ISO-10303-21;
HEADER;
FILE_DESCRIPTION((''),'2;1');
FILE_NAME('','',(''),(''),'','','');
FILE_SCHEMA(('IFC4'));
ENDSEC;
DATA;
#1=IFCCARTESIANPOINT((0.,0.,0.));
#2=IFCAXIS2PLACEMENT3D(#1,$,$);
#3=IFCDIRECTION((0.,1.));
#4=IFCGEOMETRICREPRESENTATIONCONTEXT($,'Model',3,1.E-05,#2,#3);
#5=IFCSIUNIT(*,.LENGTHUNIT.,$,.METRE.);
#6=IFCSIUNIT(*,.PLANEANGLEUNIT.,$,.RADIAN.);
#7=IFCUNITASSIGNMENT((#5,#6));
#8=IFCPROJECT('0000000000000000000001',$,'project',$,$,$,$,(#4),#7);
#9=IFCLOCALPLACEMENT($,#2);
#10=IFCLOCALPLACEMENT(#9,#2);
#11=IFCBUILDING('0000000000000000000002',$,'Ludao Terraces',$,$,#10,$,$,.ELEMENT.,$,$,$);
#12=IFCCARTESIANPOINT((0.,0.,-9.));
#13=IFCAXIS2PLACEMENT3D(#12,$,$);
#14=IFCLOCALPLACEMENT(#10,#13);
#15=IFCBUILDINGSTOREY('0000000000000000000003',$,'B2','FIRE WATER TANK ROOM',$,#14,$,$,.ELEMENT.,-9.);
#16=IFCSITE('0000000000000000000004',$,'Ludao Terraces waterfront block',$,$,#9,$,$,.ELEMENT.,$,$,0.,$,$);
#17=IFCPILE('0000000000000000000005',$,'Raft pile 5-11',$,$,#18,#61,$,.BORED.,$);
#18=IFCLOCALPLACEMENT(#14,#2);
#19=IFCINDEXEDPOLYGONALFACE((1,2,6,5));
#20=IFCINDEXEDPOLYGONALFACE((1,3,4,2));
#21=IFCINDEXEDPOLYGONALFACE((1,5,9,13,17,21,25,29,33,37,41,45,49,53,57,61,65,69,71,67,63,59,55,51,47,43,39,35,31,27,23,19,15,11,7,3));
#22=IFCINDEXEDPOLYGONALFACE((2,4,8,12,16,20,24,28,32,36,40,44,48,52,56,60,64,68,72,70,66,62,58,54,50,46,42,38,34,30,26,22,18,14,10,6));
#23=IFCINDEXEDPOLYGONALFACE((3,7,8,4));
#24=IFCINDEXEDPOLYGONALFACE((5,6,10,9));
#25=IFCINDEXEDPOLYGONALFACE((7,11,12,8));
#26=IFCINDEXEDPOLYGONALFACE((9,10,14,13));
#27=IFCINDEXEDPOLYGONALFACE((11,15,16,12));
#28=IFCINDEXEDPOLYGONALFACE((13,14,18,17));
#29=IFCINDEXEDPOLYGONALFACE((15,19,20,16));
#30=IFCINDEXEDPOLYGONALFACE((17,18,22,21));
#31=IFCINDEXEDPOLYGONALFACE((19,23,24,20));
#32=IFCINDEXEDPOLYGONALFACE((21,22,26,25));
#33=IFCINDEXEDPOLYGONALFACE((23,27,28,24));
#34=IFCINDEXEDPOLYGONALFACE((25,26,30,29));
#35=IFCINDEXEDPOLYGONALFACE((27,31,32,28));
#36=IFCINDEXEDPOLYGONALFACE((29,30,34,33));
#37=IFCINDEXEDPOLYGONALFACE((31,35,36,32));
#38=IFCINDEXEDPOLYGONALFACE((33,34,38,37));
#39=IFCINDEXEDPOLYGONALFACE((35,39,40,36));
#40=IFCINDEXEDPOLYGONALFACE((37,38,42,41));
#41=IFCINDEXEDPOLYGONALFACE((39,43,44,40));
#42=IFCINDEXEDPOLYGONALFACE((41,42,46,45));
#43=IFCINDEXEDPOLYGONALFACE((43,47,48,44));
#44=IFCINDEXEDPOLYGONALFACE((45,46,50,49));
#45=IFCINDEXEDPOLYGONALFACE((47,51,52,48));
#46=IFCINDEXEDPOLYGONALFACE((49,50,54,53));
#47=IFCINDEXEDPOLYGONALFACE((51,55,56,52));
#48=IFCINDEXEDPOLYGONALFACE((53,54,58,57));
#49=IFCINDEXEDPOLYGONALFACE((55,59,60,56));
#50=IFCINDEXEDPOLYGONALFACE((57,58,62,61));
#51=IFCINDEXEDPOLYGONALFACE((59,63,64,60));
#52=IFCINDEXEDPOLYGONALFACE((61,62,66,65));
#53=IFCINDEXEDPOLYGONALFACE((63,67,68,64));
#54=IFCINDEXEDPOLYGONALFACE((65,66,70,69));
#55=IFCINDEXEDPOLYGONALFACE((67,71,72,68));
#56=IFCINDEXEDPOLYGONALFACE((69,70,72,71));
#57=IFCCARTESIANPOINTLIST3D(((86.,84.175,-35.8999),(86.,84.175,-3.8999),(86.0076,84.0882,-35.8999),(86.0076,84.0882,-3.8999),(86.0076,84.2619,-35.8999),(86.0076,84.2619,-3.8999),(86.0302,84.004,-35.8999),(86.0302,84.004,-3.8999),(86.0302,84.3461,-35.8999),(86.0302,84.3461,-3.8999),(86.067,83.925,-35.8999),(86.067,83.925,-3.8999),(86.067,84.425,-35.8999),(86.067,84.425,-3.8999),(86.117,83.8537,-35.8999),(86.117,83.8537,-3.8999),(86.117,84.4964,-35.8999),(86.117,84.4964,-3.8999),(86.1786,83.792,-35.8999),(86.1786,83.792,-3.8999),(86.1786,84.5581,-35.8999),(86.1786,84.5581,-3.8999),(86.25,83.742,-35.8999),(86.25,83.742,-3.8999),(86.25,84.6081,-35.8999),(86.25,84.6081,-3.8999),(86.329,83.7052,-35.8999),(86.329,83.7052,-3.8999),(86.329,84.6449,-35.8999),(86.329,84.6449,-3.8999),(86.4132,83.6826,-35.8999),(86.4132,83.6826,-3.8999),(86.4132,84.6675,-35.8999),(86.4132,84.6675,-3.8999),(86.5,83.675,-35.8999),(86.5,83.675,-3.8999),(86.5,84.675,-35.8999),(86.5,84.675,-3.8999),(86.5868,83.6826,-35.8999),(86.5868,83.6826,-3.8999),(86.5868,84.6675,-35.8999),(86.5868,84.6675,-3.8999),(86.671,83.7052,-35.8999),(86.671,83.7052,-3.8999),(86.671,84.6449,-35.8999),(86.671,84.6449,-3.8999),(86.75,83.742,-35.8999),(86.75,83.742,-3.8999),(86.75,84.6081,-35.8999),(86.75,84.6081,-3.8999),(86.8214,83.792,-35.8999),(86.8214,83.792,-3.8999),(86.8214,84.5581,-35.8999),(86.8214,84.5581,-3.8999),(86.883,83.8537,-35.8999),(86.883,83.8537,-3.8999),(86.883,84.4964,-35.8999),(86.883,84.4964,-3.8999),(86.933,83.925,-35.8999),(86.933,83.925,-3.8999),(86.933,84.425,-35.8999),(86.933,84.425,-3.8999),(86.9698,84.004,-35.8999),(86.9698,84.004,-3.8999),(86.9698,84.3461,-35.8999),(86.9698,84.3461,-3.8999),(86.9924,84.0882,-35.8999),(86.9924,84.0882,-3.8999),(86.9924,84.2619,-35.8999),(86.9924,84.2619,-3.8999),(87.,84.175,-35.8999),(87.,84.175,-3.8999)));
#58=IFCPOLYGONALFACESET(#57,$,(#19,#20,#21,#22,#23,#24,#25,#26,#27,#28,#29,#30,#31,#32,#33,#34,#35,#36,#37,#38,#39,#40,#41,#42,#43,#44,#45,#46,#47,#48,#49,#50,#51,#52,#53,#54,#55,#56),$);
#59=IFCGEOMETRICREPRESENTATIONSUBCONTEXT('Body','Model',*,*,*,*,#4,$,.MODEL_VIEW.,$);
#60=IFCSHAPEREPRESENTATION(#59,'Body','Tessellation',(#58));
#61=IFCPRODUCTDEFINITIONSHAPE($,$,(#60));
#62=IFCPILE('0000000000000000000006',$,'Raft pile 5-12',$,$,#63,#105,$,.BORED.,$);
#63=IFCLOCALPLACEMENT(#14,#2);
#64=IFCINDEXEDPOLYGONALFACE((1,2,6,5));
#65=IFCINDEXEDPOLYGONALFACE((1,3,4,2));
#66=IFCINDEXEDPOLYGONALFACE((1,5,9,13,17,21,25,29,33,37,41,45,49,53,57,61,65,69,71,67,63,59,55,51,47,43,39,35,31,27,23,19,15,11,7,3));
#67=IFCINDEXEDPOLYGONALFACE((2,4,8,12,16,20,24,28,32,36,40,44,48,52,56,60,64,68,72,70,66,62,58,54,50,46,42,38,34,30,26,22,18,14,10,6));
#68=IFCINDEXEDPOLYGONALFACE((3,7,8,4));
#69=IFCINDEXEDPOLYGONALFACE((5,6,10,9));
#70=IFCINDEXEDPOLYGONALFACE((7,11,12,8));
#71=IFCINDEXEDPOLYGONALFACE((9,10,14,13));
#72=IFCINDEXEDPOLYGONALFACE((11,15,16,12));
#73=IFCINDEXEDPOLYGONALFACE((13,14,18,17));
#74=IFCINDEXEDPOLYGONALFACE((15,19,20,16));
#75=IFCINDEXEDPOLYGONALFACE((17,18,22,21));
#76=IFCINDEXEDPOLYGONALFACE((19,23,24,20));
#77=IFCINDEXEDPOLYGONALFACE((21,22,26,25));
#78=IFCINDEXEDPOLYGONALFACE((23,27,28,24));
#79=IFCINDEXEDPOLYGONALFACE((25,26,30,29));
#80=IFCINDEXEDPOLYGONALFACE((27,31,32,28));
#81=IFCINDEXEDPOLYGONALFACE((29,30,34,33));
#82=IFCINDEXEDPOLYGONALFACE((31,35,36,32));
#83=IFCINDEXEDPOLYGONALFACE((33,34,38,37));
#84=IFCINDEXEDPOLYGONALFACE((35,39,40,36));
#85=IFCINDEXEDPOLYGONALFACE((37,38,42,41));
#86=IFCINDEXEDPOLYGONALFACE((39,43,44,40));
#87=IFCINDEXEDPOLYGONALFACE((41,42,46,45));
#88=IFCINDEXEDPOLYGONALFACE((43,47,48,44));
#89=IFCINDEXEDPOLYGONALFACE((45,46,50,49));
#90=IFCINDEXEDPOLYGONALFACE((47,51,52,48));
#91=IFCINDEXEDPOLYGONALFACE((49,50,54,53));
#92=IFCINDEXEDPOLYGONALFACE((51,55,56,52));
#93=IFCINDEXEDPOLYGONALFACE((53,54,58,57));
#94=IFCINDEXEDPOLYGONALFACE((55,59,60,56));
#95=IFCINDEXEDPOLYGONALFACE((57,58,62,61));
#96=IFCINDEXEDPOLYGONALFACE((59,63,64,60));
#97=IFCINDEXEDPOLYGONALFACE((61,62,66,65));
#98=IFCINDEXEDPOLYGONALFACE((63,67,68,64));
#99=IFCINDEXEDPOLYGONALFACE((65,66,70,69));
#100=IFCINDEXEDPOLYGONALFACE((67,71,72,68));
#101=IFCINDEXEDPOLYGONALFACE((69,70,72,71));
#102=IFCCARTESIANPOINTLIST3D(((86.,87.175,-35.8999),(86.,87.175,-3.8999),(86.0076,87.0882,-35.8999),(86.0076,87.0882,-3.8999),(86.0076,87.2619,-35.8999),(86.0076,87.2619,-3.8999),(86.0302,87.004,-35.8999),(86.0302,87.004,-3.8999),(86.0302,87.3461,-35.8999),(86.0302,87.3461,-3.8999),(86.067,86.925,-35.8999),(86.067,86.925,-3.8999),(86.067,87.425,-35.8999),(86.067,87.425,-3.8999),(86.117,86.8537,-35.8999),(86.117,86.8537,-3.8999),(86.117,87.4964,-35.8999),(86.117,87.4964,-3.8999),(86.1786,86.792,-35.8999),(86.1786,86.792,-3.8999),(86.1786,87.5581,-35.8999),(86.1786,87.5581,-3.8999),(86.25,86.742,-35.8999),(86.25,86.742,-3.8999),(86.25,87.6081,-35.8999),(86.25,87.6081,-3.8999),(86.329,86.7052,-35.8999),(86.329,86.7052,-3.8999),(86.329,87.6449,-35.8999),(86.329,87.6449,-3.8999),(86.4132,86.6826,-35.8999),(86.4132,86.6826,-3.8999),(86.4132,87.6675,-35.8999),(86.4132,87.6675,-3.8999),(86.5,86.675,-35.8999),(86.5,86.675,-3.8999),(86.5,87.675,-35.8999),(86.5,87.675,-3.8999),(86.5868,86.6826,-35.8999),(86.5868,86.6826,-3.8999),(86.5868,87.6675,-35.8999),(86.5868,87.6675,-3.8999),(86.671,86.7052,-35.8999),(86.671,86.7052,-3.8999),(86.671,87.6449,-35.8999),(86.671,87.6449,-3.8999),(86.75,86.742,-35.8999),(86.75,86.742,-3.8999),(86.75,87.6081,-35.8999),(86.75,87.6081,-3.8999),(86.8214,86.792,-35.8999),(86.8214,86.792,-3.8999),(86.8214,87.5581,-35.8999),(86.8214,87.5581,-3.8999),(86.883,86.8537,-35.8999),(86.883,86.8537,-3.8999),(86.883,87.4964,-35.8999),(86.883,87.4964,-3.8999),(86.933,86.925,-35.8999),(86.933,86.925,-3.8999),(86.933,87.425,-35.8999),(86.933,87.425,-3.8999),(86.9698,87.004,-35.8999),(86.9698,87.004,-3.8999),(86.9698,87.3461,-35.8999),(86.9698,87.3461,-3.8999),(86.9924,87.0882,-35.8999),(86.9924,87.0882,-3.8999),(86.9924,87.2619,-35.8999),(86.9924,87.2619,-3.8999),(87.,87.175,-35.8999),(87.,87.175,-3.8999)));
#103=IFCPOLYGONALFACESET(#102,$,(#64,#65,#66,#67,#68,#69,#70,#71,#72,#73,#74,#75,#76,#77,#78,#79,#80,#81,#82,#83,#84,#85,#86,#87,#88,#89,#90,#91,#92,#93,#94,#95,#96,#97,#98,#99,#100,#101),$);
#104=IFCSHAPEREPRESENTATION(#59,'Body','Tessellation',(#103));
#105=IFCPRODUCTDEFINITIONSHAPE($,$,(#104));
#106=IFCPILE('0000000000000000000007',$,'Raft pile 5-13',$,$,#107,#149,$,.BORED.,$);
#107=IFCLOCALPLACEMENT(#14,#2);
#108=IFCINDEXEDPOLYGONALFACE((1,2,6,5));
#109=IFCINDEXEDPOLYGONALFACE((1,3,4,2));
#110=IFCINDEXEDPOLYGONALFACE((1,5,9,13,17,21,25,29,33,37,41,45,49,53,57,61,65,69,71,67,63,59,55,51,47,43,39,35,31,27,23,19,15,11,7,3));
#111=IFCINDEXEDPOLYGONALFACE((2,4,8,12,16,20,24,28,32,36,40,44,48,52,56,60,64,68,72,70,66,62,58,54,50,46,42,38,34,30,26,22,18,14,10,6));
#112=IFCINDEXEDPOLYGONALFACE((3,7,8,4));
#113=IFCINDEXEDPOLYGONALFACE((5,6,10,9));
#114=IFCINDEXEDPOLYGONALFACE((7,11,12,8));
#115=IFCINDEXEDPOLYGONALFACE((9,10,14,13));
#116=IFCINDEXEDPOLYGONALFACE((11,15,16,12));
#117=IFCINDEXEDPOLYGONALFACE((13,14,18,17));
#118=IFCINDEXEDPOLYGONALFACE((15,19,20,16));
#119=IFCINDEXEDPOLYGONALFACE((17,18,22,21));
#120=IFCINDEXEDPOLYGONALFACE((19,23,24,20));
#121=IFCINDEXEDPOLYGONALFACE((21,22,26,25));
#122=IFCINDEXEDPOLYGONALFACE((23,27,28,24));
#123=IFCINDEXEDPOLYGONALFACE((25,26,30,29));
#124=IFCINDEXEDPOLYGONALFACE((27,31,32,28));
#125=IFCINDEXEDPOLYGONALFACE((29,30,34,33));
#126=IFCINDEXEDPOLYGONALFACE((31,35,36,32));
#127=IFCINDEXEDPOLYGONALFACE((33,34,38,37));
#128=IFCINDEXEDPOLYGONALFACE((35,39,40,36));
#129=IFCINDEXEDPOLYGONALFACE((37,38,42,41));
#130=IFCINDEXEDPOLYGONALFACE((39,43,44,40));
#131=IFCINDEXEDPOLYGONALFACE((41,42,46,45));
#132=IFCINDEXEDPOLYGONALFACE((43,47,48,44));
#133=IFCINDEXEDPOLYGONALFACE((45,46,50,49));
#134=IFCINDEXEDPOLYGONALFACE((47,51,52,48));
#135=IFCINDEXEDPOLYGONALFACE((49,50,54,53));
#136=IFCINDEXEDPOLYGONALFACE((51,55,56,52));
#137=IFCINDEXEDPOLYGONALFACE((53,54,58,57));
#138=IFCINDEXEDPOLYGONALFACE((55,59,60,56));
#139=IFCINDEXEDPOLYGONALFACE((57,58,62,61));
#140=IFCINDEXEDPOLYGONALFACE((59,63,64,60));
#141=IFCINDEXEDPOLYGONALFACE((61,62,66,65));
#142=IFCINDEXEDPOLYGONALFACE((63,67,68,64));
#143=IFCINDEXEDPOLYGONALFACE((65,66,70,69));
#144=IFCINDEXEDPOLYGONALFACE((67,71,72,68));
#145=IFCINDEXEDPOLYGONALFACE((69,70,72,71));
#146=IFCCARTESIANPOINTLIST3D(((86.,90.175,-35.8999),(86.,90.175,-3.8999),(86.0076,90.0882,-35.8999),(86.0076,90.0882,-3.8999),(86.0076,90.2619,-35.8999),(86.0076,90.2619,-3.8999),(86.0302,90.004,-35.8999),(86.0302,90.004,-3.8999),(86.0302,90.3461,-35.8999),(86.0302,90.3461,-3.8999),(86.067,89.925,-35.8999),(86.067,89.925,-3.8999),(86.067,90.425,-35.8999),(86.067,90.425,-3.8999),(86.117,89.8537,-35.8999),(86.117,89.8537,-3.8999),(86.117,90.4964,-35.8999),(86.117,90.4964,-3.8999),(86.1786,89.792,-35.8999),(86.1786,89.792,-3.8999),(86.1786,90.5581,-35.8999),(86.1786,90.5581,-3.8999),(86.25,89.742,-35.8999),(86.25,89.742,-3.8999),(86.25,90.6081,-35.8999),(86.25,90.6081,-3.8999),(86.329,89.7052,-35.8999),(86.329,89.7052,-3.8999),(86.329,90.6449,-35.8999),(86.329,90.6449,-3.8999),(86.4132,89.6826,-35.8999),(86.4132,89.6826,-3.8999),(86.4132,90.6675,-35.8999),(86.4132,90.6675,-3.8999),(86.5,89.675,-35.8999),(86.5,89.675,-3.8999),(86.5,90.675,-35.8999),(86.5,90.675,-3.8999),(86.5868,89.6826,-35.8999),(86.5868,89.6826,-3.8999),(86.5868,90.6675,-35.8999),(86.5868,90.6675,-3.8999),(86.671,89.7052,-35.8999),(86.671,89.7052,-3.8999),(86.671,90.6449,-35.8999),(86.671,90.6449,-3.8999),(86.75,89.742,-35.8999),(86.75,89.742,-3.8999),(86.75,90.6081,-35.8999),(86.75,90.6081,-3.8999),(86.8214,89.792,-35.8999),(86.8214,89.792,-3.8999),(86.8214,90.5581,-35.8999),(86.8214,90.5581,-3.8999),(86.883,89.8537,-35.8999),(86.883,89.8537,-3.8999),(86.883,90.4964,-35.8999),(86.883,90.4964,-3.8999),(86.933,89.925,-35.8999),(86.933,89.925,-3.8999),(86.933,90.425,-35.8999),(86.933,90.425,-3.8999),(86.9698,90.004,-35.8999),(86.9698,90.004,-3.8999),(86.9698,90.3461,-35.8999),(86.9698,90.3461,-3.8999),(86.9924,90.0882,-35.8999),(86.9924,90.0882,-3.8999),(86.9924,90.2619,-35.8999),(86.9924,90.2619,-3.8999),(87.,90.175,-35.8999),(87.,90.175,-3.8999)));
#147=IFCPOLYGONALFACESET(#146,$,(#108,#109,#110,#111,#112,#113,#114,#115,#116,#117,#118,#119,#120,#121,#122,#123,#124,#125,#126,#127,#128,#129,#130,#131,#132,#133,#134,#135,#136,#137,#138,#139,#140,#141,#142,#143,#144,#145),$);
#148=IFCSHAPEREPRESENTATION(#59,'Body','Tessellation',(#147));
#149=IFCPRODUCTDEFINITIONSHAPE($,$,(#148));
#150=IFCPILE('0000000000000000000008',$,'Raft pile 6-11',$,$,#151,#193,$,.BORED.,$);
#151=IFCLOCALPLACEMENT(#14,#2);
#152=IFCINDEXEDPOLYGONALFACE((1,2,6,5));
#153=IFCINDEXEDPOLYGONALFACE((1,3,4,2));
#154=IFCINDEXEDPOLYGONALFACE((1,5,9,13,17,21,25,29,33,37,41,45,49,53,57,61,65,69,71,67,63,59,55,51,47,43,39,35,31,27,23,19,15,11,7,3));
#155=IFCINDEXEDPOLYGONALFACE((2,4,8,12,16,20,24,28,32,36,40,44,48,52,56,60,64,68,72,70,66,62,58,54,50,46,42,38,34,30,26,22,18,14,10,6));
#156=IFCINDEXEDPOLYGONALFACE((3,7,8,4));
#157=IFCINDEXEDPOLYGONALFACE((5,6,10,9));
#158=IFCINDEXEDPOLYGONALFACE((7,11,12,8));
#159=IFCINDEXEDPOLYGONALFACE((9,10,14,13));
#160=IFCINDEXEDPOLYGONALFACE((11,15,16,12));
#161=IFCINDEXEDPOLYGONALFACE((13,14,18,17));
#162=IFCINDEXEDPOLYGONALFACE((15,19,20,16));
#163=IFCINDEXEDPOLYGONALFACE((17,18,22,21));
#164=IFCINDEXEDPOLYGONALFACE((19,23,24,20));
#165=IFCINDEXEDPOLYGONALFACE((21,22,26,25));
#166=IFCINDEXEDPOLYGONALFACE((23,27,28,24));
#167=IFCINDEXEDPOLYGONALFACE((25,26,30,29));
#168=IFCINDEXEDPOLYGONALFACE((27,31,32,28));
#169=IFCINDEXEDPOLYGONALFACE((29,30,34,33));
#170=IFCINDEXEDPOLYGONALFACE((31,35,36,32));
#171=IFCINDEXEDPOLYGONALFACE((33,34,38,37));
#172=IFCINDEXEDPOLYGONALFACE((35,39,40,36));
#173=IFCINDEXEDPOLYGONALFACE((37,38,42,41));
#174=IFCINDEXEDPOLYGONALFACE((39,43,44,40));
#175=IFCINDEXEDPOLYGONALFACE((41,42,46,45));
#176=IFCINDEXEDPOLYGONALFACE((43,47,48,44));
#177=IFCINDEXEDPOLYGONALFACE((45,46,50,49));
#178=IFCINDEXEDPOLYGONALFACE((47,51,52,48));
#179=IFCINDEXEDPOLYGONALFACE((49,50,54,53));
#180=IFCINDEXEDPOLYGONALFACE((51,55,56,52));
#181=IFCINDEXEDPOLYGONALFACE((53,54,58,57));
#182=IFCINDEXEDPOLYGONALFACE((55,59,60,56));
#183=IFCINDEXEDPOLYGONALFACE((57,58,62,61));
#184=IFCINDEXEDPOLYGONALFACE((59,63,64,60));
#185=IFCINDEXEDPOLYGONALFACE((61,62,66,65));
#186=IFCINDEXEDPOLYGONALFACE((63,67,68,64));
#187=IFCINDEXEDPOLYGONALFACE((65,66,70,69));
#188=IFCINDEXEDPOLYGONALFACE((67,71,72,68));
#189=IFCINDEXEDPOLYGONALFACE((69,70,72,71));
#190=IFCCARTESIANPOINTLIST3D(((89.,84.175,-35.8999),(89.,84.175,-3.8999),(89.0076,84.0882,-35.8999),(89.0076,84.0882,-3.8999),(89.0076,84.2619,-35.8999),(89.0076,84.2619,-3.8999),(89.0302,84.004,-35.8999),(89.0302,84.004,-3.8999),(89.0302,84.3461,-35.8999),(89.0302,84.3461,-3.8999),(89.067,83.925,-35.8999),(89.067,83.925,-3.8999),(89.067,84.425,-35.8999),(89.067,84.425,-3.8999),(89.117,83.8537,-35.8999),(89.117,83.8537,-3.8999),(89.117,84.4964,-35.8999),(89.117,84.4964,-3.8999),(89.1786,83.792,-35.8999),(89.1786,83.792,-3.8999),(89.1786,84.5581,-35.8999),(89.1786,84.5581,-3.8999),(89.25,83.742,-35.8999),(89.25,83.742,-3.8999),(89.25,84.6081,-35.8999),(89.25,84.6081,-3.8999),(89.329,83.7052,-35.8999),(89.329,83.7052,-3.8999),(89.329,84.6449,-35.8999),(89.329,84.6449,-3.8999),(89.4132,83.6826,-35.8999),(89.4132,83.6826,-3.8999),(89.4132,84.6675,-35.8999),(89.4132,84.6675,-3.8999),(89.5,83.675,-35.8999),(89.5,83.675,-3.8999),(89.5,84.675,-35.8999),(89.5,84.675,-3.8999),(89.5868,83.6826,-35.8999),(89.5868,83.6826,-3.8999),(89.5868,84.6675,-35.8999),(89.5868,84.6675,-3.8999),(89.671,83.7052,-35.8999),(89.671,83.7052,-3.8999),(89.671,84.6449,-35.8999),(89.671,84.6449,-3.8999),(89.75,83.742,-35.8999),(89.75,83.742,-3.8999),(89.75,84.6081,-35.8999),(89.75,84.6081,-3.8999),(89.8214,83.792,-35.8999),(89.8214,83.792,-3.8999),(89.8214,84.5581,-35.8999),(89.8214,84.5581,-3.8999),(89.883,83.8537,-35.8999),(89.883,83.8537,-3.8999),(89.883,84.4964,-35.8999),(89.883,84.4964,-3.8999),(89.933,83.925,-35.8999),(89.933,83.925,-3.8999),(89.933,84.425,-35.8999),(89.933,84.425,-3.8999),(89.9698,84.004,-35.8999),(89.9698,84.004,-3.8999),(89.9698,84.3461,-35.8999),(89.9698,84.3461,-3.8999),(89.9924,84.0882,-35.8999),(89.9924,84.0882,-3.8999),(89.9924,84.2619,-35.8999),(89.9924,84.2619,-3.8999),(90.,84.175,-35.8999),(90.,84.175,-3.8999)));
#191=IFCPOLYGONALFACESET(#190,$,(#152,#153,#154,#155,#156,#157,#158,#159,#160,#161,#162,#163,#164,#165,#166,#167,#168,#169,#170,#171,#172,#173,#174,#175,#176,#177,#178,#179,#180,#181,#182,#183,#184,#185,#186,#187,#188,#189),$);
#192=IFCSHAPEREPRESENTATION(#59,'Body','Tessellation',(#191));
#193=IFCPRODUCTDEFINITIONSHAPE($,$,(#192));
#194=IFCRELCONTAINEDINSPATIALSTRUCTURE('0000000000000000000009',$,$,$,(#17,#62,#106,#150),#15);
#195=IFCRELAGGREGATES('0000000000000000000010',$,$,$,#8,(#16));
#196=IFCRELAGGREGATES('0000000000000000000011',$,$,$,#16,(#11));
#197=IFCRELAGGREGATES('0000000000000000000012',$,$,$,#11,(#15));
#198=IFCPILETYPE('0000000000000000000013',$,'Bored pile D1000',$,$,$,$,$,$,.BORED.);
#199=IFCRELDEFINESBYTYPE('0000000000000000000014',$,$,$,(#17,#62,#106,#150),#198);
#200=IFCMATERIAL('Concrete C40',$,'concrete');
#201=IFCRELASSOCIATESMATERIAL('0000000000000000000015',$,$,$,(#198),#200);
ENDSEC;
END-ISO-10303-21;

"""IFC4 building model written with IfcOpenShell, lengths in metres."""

from ifc_helpers import new_model, si_unit, direction, frame, origin, origin_2d, place, context, subcontext, project, spatial, circle, extrude, material, material_profile, profile_set, type_object, element, save


model = new_model("IFC4")

# Units and contexts
model_context = context("Model", 3, precision=1e-05, world=origin(), true_north=direction((0.0, 1.0)))
body_context = subcontext(model_context, "Body", "Model", "MODEL_VIEW")
ifc_project = project(units=[si_unit("LENGTHUNIT", "METRE"), si_unit("PLANEANGLEUNIT", "RADIAN")], contexts=[model_context])

# Site, building, storey
site_placement = place(None, origin())
site = spatial("IfcSite", under=ifc_project, at=site_placement, Name="Ludao Terraces waterfront block", CompositionType="ELEMENT", RefElevation=0.0)
building_placement = place(site_placement, origin())
building = spatial("IfcBuilding", under=site, at=building_placement, Name="Ludao Terraces", CompositionType="ELEMENT")
storey_placement = place(building_placement, frame((0.0, 0.0, -9.0)))
storey = spatial("IfcBuildingStorey", under=building, at=storey_placement, Name="B2", Description="FIRE WATER TANK ROOM", CompositionType="ELEMENT", Elevation=-9.0)

# Piles
ifc_material_1 = material(Name="Concrete C40", Category="concrete")
ifc_material_profile_1 = material_profile(ifc_material_1, circle(Radius=0.5, at=origin_2d()), Name="D1000 BORED PILE")
ifc_profile_set_1 = profile_set([ifc_material_profile_1], Name="Concrete C40")
pile_type = type_object("IfcPileType", Name="Bored pile D1000", PredefinedType="BORED", material=ifc_profile_set_1)
for number, where, z_axis, x_axis, name in (
    (1, (86.5, 84.175, -3.8999), (0.0, 0.0, -1.0), (1.0, 0.0, 0.0), "Raft pile 5-11"),
    (2, (86.5, 87.175, -3.8999), (0.0, 0.0, -1.0), (1.0, 0.0, 0.0), "Raft pile 5-12"),
    (3, (86.5, 90.175, -3.8999), (0.0, 0.0, -1.0), (1.0, 0.0, 0.0), "Raft pile 5-13"),
    (4, (89.5, 84.175, -3.8999), (0.0, 0.0, -1.0), (1.0, 0.0, 0.0), "Raft pile 6-11"),
):
    element("IfcPile", number, at=place(storey_placement, frame(where, z_axis=z_axis, x_axis=x_axis)), inside=storey, type_object=pile_type, Name=name, PredefinedType="BORED", context=body_context, shape_type="SweptSolid", body=[
        extrude(circle(Radius=0.5, at=origin_2d()), origin(), (0.0, 0.0, 1.0), 32.0),
    ])

save(model, "model.ifc")
